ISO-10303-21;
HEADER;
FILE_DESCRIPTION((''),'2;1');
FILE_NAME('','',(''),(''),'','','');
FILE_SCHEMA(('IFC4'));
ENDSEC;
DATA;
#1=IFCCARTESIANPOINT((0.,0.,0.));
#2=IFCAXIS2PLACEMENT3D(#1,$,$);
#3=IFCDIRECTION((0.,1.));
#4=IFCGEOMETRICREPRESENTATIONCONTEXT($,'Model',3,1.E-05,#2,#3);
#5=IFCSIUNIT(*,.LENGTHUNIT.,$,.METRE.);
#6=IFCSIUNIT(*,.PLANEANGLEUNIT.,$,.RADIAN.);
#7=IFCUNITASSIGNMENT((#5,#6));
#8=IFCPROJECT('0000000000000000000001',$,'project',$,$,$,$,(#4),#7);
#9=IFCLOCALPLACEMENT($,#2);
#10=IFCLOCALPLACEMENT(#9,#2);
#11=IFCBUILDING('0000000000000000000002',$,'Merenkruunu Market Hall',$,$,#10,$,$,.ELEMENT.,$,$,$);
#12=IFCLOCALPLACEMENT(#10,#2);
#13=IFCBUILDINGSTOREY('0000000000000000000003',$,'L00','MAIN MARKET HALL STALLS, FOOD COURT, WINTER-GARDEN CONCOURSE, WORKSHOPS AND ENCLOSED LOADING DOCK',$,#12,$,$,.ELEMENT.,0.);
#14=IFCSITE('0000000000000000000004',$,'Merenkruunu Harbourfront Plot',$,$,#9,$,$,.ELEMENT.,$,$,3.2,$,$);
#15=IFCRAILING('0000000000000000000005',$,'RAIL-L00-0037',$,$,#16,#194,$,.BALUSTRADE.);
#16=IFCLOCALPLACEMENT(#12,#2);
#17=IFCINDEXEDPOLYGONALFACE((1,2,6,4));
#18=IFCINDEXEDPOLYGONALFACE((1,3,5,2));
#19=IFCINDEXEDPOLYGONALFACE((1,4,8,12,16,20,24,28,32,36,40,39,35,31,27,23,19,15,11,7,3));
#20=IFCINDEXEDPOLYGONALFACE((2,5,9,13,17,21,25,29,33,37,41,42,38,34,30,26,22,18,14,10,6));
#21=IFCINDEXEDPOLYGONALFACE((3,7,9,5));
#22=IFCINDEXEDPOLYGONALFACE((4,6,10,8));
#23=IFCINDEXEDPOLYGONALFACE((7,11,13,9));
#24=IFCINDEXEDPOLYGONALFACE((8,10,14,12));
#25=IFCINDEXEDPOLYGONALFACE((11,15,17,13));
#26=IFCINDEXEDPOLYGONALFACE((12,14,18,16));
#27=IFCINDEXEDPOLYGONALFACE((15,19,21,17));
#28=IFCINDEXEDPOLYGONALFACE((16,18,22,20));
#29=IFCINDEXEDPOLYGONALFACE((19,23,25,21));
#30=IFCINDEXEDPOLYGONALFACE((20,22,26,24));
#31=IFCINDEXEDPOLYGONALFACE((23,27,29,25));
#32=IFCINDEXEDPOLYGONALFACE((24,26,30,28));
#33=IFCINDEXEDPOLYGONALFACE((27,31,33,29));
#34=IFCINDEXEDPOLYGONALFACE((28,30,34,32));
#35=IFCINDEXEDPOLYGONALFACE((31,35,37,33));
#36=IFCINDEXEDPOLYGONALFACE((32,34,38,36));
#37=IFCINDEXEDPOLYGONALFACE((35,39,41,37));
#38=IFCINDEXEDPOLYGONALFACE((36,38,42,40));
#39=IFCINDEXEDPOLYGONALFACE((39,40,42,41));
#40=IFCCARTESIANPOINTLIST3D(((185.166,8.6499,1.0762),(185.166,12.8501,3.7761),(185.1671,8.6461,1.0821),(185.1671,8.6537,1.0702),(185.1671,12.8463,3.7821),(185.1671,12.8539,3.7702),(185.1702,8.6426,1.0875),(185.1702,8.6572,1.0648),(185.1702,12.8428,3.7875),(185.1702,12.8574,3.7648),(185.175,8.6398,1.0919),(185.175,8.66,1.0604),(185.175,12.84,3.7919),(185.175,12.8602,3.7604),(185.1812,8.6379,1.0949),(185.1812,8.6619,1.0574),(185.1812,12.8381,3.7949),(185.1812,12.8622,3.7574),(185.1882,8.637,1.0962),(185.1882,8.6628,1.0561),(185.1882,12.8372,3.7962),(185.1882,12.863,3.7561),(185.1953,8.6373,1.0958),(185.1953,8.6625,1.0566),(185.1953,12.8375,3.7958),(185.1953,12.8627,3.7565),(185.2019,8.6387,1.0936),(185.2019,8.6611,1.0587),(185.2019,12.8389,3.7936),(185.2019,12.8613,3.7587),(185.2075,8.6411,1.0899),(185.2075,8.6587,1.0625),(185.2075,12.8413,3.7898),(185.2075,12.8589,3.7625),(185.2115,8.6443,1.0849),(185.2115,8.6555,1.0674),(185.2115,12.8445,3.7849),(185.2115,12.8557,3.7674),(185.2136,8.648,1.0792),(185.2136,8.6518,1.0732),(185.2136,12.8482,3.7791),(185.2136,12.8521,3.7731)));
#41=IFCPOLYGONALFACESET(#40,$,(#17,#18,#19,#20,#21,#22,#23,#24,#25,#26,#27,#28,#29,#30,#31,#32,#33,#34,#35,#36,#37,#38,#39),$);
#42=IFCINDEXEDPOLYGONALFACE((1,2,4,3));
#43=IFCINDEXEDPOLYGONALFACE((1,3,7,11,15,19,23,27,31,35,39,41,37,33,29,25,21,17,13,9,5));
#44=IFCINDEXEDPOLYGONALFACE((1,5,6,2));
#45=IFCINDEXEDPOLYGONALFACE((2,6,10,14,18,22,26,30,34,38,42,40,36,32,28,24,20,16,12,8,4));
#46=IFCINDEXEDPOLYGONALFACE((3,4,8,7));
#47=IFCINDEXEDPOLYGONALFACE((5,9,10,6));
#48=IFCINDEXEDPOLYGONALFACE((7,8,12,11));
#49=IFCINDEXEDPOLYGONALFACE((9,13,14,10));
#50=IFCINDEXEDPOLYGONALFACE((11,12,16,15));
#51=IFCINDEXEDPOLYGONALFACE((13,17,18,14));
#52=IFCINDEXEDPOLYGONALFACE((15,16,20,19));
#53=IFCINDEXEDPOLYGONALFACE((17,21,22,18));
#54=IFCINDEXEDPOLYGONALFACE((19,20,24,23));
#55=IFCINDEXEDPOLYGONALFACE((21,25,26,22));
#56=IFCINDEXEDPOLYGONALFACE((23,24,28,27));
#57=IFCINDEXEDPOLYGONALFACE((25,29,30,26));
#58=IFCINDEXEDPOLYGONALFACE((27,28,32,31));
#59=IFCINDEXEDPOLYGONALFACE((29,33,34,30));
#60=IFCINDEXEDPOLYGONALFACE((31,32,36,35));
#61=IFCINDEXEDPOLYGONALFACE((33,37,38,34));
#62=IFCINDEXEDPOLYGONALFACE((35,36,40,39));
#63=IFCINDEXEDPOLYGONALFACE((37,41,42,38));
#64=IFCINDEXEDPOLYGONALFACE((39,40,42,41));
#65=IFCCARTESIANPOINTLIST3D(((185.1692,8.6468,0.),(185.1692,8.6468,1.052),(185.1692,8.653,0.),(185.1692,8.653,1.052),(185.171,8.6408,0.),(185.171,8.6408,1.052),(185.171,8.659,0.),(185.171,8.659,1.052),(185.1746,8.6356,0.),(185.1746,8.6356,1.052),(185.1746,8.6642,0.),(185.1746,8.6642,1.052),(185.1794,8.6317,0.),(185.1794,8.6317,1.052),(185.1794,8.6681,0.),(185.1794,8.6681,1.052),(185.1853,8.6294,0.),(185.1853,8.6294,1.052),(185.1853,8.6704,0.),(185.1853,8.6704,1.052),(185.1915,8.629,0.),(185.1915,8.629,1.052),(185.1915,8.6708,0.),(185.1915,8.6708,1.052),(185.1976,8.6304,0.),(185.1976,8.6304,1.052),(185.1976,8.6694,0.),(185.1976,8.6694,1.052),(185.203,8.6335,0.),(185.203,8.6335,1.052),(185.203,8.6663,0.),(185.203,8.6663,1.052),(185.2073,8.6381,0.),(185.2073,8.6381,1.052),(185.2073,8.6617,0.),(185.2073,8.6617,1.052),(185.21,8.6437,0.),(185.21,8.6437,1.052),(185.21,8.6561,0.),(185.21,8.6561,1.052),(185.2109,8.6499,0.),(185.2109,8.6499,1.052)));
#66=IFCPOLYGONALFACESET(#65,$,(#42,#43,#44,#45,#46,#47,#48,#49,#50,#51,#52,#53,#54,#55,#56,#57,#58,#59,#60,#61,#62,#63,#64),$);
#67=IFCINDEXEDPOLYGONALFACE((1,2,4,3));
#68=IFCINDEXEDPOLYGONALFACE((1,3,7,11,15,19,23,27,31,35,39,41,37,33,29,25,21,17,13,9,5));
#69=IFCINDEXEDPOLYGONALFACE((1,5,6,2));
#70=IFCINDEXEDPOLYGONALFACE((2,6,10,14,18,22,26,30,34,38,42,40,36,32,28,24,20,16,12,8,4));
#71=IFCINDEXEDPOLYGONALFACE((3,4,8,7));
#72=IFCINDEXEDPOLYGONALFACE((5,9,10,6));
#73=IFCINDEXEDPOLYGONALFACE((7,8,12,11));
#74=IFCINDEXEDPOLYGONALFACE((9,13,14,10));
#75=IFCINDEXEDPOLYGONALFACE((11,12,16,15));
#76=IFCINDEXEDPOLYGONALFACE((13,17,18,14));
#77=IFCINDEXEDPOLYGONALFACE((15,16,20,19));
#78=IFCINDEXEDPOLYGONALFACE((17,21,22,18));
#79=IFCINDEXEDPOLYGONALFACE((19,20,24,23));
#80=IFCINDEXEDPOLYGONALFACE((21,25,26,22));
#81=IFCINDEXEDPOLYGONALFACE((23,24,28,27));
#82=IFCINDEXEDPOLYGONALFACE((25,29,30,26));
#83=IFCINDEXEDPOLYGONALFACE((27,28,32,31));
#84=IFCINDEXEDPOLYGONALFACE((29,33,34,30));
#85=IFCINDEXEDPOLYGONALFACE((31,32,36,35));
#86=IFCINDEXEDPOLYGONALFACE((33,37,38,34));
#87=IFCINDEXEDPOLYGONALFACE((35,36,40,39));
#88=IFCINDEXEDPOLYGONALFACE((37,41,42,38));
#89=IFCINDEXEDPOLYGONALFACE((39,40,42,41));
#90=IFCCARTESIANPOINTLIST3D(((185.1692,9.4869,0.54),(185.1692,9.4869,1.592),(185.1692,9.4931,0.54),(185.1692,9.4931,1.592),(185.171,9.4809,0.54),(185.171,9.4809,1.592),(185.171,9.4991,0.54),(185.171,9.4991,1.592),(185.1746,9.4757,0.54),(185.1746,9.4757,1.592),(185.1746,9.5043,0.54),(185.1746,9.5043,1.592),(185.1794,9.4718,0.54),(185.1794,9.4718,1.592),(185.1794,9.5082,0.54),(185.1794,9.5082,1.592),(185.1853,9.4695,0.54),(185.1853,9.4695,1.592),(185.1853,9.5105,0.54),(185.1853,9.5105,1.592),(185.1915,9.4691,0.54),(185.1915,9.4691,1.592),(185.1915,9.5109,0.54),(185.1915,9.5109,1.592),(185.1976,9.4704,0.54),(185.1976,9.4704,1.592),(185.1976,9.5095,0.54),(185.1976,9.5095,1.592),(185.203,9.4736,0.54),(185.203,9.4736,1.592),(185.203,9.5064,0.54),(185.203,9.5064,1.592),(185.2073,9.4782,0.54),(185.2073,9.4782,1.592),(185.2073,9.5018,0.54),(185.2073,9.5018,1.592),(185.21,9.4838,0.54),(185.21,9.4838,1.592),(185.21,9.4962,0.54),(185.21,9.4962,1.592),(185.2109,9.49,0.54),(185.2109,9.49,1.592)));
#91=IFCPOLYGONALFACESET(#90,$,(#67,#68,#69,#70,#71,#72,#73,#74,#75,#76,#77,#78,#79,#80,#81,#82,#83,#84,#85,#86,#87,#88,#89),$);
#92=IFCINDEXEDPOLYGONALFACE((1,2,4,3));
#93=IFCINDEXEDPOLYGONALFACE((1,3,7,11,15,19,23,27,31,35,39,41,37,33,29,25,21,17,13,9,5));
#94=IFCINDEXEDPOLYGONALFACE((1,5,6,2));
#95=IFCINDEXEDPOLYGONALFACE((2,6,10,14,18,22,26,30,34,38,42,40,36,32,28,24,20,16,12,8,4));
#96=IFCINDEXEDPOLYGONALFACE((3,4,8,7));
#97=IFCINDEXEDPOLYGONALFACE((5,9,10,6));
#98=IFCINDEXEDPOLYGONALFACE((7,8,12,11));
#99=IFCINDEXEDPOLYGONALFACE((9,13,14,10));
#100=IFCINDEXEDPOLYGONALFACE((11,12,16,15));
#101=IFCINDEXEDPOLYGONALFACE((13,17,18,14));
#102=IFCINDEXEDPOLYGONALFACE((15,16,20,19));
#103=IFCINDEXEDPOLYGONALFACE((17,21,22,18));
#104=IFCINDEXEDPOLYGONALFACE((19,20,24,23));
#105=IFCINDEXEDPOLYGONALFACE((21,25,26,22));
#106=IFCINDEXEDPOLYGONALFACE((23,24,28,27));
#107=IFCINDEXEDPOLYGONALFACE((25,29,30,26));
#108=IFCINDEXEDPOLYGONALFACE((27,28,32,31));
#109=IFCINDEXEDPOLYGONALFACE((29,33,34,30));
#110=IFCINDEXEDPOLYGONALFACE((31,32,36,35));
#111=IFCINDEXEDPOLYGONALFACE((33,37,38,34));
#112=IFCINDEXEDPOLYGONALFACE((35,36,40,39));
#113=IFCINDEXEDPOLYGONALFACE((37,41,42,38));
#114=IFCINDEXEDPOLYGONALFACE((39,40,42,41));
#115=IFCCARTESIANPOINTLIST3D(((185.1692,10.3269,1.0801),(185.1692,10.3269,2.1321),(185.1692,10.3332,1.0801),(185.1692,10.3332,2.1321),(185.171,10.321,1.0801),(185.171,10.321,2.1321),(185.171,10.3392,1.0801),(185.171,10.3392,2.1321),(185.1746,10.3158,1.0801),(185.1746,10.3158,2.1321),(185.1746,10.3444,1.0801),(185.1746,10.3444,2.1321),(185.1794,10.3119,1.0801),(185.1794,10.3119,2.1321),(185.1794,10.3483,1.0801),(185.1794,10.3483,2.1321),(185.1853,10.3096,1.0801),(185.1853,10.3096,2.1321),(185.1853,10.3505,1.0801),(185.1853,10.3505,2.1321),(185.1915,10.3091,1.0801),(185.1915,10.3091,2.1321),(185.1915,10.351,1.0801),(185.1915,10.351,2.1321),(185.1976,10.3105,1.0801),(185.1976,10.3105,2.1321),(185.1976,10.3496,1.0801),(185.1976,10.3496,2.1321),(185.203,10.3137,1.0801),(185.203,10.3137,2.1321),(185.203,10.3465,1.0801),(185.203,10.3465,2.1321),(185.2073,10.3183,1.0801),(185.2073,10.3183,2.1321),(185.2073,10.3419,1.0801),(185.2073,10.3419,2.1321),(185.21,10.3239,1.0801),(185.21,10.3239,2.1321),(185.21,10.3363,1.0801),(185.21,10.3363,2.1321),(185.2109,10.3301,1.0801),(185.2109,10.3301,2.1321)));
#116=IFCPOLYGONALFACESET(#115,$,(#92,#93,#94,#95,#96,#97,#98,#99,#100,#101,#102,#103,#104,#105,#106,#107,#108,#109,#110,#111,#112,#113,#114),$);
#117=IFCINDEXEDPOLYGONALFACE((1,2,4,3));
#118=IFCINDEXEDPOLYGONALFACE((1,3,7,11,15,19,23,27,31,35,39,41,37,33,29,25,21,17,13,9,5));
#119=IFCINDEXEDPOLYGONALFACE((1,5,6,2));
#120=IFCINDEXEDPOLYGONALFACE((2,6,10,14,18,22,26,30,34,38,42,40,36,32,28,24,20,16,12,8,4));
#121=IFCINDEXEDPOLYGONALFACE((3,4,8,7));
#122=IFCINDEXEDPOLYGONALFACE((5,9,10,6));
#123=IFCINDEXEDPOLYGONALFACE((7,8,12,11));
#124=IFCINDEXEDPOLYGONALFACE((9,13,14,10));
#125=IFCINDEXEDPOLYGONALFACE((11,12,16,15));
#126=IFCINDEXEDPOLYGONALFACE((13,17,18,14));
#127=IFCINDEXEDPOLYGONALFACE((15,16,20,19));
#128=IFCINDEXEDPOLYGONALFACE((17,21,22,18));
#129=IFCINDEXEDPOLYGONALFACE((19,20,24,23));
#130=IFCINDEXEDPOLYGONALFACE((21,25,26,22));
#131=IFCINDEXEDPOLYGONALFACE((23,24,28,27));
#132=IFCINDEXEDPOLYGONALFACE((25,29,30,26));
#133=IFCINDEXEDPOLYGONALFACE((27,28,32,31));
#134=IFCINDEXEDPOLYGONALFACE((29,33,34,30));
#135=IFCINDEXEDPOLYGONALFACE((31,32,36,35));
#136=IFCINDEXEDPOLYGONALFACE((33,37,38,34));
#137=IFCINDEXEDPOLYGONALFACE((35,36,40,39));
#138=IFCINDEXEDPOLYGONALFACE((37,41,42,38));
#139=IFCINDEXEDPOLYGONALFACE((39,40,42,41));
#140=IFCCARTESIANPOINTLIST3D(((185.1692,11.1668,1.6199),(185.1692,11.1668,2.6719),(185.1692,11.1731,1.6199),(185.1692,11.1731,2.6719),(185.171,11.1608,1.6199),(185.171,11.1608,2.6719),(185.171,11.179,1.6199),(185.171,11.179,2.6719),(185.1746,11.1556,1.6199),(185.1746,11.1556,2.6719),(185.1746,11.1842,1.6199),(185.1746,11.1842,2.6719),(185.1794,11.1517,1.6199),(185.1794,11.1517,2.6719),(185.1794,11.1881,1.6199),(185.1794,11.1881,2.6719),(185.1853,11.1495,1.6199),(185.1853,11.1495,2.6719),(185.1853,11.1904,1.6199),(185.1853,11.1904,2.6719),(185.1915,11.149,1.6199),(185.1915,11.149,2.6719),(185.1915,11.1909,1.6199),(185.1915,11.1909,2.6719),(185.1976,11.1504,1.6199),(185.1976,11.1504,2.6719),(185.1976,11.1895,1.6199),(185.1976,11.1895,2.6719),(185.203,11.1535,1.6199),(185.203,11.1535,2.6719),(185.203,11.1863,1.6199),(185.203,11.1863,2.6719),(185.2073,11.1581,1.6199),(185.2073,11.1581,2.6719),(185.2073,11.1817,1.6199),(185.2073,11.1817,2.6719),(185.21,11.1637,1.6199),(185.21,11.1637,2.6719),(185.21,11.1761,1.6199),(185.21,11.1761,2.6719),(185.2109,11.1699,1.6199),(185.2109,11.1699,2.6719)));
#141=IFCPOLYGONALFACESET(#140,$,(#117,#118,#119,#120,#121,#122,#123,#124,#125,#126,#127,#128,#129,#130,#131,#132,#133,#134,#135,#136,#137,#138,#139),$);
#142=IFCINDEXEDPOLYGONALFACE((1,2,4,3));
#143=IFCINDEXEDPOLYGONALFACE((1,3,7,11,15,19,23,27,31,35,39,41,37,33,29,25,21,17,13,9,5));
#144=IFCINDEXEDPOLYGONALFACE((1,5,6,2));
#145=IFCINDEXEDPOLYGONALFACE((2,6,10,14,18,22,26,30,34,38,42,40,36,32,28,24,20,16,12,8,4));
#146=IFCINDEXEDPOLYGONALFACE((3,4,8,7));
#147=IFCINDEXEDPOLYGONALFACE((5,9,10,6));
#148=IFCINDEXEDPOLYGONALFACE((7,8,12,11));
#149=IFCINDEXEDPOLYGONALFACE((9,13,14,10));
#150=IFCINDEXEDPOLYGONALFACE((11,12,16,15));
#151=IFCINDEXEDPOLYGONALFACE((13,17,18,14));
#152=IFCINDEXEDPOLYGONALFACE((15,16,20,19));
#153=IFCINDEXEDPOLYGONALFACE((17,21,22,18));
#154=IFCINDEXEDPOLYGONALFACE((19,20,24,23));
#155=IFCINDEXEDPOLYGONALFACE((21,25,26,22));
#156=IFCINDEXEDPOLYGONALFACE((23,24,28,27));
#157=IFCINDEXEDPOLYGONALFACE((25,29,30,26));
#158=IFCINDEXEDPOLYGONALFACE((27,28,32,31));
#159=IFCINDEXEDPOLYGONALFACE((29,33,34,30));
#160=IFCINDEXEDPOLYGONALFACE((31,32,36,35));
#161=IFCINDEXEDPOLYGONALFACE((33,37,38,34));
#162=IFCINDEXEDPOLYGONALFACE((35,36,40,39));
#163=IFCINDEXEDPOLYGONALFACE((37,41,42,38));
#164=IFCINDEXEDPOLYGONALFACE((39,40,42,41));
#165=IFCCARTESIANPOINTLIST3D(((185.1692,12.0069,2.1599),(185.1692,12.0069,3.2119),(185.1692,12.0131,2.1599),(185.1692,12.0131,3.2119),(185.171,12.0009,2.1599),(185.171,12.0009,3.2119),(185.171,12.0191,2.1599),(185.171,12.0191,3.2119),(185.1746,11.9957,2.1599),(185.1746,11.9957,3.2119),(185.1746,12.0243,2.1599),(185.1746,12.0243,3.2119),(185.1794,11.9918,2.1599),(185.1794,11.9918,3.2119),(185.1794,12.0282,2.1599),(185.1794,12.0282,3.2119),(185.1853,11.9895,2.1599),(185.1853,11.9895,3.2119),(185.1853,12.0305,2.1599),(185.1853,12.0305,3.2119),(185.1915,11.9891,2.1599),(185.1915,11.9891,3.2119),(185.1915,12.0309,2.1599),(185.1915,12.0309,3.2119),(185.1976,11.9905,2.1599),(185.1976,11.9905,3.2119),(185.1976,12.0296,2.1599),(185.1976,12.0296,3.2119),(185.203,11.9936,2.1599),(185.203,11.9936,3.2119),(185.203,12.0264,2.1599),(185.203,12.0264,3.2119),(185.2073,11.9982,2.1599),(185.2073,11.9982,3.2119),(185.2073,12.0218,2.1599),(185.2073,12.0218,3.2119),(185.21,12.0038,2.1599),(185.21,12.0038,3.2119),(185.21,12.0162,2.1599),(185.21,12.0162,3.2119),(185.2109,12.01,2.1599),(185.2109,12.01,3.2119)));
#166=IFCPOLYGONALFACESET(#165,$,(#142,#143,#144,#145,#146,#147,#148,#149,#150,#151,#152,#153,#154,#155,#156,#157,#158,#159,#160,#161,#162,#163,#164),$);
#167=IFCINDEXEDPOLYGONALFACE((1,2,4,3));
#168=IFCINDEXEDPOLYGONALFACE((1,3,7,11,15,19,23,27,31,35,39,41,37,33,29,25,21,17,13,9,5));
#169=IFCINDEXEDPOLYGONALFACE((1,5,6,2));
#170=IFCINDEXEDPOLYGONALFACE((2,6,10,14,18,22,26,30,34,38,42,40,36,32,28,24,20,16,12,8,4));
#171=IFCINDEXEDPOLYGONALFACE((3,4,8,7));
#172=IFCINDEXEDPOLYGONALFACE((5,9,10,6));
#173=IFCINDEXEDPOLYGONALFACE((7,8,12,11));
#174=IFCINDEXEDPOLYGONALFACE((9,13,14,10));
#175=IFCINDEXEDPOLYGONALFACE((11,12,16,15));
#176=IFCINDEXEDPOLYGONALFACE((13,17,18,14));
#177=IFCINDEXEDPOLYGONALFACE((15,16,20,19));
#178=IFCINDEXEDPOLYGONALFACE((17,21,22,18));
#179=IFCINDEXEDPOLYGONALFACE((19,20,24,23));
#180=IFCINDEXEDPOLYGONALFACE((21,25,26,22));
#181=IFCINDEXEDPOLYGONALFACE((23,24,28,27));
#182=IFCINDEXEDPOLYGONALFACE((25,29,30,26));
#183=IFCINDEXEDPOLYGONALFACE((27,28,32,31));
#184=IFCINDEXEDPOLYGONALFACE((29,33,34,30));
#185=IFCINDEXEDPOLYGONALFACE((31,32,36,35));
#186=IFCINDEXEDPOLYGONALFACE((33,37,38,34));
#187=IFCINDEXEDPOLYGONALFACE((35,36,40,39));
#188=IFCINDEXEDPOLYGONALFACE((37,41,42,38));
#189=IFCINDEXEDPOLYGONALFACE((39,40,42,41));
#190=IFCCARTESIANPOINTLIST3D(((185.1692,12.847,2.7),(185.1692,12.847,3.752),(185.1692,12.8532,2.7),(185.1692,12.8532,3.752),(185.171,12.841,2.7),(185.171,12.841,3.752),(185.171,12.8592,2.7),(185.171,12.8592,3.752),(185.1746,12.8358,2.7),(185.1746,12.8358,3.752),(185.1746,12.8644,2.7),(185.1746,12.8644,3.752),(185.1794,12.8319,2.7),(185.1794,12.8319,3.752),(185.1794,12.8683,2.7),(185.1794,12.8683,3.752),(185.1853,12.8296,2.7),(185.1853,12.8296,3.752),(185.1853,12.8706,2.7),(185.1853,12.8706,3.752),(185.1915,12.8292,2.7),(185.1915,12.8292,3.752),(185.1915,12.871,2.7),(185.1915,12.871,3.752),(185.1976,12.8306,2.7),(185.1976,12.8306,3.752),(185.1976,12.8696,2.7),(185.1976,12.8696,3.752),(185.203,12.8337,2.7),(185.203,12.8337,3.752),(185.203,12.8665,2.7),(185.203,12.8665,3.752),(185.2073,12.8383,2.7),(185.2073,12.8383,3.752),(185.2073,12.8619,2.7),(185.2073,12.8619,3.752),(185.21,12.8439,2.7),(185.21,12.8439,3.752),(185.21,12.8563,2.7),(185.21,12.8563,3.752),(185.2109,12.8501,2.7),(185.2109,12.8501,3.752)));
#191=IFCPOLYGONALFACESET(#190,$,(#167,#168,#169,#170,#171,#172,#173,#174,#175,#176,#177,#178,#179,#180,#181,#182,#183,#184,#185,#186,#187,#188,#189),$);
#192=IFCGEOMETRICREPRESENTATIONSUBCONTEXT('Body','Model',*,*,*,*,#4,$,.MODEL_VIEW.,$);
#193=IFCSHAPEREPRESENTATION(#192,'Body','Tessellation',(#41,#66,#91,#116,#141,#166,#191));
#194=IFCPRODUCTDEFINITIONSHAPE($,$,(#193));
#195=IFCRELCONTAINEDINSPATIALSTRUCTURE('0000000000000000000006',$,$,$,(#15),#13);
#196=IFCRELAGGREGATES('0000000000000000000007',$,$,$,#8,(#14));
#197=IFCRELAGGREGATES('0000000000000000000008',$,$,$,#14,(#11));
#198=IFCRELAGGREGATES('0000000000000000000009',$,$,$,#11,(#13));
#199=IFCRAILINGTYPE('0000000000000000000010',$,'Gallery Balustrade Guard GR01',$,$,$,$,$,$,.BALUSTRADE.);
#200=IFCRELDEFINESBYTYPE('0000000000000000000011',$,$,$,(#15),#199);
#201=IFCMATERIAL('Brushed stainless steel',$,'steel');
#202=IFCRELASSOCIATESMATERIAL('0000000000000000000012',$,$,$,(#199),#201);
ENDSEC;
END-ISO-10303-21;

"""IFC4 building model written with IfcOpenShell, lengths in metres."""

from ifc_helpers import new_model, si_unit, direction, frame, origin, origin_2d, place, context, subcontext, project, spatial, circle, extrude, material, type_object, element, save


model = new_model("IFC4")

# Units and contexts
model_context = context("Model", 3, precision=1e-05, world=origin(), true_north=direction((0.0, 1.0)))
body_context = subcontext(model_context, "Body", "Model", "MODEL_VIEW")
ifc_project = project(units=[si_unit("LENGTHUNIT", "METRE"), si_unit("PLANEANGLEUNIT", "RADIAN")], contexts=[model_context])

# Site, building, storey
site_placement = place(None, origin())
site = spatial("IfcSite", under=ifc_project, at=site_placement, Name="Merenkruunu Harbourfront Plot", CompositionType="ELEMENT", RefElevation=3.2)
building_placement = place(site_placement, origin())
building = spatial("IfcBuilding", under=site, at=building_placement, Name="Merenkruunu Market Hall", CompositionType="ELEMENT")
storey_placement = place(building_placement, origin())
storey = spatial("IfcBuildingStorey", under=building, at=storey_placement, Name="L00", Description="MAIN MARKET HALL STALLS, FOOD COURT, WINTER-GARDEN CONCOURSE, WORKSHOPS AND ENCLOSED LOADING DOCK", CompositionType="ELEMENT", Elevation=0.0)

# Railing
ifc_material_1 = material(Name="Brushed stainless steel", Category="steel")
railing_type_1 = type_object("IfcRailingType", Name="Gallery Balustrade Guard GR01", PredefinedType="BALUSTRADE", material=ifc_material_1)
railing_1_placement = place(storey_placement, frame((185.1899, 8.6499, 0.0)))
element("IfcRailing", 1, at=railing_1_placement, inside=storey, type_object=railing_type_1, Name="RAIL-L00-0037", PredefinedType="BALUSTRADE", context=body_context, shape_type="SweptSolid", body=[
    extrude(circle(Radius=0.0239, at=origin_2d()), frame((0.0, 0.0, 1.0762), z_axis=(0.0, 0.841194, 0.540733), x_axis=(-1.0, 0.0, 0.0)), (0.0, 0.0, 1.0), 4.9932),
    extrude(circle(Radius=0.021, at=origin_2d()), origin(), (0.0, 0.0, 1.0), 1.052),
    extrude(circle(Radius=0.021, at=origin_2d()), frame((0.0, 0.8401, 0.54)), (0.0, 0.0, 1.0), 1.052),
    extrude(circle(Radius=0.021, at=origin_2d()), frame((0.0, 1.6802, 1.0801)), (0.0, 0.0, 1.0), 1.052),
    extrude(circle(Radius=0.021, at=origin_2d()), frame((0.0, 2.52, 1.6199)), (0.0, 0.0, 1.0), 1.052),
    extrude(circle(Radius=0.021, at=origin_2d()), frame((0.0, 3.3601, 2.1599)), (0.0, 0.0, 1.0), 1.052),
    extrude(circle(Radius=0.021, at=origin_2d()), frame((0.0, 4.2002, 2.7)), (0.0, 0.0, 1.0), 1.052),
])

save(model, "model.ifc")
